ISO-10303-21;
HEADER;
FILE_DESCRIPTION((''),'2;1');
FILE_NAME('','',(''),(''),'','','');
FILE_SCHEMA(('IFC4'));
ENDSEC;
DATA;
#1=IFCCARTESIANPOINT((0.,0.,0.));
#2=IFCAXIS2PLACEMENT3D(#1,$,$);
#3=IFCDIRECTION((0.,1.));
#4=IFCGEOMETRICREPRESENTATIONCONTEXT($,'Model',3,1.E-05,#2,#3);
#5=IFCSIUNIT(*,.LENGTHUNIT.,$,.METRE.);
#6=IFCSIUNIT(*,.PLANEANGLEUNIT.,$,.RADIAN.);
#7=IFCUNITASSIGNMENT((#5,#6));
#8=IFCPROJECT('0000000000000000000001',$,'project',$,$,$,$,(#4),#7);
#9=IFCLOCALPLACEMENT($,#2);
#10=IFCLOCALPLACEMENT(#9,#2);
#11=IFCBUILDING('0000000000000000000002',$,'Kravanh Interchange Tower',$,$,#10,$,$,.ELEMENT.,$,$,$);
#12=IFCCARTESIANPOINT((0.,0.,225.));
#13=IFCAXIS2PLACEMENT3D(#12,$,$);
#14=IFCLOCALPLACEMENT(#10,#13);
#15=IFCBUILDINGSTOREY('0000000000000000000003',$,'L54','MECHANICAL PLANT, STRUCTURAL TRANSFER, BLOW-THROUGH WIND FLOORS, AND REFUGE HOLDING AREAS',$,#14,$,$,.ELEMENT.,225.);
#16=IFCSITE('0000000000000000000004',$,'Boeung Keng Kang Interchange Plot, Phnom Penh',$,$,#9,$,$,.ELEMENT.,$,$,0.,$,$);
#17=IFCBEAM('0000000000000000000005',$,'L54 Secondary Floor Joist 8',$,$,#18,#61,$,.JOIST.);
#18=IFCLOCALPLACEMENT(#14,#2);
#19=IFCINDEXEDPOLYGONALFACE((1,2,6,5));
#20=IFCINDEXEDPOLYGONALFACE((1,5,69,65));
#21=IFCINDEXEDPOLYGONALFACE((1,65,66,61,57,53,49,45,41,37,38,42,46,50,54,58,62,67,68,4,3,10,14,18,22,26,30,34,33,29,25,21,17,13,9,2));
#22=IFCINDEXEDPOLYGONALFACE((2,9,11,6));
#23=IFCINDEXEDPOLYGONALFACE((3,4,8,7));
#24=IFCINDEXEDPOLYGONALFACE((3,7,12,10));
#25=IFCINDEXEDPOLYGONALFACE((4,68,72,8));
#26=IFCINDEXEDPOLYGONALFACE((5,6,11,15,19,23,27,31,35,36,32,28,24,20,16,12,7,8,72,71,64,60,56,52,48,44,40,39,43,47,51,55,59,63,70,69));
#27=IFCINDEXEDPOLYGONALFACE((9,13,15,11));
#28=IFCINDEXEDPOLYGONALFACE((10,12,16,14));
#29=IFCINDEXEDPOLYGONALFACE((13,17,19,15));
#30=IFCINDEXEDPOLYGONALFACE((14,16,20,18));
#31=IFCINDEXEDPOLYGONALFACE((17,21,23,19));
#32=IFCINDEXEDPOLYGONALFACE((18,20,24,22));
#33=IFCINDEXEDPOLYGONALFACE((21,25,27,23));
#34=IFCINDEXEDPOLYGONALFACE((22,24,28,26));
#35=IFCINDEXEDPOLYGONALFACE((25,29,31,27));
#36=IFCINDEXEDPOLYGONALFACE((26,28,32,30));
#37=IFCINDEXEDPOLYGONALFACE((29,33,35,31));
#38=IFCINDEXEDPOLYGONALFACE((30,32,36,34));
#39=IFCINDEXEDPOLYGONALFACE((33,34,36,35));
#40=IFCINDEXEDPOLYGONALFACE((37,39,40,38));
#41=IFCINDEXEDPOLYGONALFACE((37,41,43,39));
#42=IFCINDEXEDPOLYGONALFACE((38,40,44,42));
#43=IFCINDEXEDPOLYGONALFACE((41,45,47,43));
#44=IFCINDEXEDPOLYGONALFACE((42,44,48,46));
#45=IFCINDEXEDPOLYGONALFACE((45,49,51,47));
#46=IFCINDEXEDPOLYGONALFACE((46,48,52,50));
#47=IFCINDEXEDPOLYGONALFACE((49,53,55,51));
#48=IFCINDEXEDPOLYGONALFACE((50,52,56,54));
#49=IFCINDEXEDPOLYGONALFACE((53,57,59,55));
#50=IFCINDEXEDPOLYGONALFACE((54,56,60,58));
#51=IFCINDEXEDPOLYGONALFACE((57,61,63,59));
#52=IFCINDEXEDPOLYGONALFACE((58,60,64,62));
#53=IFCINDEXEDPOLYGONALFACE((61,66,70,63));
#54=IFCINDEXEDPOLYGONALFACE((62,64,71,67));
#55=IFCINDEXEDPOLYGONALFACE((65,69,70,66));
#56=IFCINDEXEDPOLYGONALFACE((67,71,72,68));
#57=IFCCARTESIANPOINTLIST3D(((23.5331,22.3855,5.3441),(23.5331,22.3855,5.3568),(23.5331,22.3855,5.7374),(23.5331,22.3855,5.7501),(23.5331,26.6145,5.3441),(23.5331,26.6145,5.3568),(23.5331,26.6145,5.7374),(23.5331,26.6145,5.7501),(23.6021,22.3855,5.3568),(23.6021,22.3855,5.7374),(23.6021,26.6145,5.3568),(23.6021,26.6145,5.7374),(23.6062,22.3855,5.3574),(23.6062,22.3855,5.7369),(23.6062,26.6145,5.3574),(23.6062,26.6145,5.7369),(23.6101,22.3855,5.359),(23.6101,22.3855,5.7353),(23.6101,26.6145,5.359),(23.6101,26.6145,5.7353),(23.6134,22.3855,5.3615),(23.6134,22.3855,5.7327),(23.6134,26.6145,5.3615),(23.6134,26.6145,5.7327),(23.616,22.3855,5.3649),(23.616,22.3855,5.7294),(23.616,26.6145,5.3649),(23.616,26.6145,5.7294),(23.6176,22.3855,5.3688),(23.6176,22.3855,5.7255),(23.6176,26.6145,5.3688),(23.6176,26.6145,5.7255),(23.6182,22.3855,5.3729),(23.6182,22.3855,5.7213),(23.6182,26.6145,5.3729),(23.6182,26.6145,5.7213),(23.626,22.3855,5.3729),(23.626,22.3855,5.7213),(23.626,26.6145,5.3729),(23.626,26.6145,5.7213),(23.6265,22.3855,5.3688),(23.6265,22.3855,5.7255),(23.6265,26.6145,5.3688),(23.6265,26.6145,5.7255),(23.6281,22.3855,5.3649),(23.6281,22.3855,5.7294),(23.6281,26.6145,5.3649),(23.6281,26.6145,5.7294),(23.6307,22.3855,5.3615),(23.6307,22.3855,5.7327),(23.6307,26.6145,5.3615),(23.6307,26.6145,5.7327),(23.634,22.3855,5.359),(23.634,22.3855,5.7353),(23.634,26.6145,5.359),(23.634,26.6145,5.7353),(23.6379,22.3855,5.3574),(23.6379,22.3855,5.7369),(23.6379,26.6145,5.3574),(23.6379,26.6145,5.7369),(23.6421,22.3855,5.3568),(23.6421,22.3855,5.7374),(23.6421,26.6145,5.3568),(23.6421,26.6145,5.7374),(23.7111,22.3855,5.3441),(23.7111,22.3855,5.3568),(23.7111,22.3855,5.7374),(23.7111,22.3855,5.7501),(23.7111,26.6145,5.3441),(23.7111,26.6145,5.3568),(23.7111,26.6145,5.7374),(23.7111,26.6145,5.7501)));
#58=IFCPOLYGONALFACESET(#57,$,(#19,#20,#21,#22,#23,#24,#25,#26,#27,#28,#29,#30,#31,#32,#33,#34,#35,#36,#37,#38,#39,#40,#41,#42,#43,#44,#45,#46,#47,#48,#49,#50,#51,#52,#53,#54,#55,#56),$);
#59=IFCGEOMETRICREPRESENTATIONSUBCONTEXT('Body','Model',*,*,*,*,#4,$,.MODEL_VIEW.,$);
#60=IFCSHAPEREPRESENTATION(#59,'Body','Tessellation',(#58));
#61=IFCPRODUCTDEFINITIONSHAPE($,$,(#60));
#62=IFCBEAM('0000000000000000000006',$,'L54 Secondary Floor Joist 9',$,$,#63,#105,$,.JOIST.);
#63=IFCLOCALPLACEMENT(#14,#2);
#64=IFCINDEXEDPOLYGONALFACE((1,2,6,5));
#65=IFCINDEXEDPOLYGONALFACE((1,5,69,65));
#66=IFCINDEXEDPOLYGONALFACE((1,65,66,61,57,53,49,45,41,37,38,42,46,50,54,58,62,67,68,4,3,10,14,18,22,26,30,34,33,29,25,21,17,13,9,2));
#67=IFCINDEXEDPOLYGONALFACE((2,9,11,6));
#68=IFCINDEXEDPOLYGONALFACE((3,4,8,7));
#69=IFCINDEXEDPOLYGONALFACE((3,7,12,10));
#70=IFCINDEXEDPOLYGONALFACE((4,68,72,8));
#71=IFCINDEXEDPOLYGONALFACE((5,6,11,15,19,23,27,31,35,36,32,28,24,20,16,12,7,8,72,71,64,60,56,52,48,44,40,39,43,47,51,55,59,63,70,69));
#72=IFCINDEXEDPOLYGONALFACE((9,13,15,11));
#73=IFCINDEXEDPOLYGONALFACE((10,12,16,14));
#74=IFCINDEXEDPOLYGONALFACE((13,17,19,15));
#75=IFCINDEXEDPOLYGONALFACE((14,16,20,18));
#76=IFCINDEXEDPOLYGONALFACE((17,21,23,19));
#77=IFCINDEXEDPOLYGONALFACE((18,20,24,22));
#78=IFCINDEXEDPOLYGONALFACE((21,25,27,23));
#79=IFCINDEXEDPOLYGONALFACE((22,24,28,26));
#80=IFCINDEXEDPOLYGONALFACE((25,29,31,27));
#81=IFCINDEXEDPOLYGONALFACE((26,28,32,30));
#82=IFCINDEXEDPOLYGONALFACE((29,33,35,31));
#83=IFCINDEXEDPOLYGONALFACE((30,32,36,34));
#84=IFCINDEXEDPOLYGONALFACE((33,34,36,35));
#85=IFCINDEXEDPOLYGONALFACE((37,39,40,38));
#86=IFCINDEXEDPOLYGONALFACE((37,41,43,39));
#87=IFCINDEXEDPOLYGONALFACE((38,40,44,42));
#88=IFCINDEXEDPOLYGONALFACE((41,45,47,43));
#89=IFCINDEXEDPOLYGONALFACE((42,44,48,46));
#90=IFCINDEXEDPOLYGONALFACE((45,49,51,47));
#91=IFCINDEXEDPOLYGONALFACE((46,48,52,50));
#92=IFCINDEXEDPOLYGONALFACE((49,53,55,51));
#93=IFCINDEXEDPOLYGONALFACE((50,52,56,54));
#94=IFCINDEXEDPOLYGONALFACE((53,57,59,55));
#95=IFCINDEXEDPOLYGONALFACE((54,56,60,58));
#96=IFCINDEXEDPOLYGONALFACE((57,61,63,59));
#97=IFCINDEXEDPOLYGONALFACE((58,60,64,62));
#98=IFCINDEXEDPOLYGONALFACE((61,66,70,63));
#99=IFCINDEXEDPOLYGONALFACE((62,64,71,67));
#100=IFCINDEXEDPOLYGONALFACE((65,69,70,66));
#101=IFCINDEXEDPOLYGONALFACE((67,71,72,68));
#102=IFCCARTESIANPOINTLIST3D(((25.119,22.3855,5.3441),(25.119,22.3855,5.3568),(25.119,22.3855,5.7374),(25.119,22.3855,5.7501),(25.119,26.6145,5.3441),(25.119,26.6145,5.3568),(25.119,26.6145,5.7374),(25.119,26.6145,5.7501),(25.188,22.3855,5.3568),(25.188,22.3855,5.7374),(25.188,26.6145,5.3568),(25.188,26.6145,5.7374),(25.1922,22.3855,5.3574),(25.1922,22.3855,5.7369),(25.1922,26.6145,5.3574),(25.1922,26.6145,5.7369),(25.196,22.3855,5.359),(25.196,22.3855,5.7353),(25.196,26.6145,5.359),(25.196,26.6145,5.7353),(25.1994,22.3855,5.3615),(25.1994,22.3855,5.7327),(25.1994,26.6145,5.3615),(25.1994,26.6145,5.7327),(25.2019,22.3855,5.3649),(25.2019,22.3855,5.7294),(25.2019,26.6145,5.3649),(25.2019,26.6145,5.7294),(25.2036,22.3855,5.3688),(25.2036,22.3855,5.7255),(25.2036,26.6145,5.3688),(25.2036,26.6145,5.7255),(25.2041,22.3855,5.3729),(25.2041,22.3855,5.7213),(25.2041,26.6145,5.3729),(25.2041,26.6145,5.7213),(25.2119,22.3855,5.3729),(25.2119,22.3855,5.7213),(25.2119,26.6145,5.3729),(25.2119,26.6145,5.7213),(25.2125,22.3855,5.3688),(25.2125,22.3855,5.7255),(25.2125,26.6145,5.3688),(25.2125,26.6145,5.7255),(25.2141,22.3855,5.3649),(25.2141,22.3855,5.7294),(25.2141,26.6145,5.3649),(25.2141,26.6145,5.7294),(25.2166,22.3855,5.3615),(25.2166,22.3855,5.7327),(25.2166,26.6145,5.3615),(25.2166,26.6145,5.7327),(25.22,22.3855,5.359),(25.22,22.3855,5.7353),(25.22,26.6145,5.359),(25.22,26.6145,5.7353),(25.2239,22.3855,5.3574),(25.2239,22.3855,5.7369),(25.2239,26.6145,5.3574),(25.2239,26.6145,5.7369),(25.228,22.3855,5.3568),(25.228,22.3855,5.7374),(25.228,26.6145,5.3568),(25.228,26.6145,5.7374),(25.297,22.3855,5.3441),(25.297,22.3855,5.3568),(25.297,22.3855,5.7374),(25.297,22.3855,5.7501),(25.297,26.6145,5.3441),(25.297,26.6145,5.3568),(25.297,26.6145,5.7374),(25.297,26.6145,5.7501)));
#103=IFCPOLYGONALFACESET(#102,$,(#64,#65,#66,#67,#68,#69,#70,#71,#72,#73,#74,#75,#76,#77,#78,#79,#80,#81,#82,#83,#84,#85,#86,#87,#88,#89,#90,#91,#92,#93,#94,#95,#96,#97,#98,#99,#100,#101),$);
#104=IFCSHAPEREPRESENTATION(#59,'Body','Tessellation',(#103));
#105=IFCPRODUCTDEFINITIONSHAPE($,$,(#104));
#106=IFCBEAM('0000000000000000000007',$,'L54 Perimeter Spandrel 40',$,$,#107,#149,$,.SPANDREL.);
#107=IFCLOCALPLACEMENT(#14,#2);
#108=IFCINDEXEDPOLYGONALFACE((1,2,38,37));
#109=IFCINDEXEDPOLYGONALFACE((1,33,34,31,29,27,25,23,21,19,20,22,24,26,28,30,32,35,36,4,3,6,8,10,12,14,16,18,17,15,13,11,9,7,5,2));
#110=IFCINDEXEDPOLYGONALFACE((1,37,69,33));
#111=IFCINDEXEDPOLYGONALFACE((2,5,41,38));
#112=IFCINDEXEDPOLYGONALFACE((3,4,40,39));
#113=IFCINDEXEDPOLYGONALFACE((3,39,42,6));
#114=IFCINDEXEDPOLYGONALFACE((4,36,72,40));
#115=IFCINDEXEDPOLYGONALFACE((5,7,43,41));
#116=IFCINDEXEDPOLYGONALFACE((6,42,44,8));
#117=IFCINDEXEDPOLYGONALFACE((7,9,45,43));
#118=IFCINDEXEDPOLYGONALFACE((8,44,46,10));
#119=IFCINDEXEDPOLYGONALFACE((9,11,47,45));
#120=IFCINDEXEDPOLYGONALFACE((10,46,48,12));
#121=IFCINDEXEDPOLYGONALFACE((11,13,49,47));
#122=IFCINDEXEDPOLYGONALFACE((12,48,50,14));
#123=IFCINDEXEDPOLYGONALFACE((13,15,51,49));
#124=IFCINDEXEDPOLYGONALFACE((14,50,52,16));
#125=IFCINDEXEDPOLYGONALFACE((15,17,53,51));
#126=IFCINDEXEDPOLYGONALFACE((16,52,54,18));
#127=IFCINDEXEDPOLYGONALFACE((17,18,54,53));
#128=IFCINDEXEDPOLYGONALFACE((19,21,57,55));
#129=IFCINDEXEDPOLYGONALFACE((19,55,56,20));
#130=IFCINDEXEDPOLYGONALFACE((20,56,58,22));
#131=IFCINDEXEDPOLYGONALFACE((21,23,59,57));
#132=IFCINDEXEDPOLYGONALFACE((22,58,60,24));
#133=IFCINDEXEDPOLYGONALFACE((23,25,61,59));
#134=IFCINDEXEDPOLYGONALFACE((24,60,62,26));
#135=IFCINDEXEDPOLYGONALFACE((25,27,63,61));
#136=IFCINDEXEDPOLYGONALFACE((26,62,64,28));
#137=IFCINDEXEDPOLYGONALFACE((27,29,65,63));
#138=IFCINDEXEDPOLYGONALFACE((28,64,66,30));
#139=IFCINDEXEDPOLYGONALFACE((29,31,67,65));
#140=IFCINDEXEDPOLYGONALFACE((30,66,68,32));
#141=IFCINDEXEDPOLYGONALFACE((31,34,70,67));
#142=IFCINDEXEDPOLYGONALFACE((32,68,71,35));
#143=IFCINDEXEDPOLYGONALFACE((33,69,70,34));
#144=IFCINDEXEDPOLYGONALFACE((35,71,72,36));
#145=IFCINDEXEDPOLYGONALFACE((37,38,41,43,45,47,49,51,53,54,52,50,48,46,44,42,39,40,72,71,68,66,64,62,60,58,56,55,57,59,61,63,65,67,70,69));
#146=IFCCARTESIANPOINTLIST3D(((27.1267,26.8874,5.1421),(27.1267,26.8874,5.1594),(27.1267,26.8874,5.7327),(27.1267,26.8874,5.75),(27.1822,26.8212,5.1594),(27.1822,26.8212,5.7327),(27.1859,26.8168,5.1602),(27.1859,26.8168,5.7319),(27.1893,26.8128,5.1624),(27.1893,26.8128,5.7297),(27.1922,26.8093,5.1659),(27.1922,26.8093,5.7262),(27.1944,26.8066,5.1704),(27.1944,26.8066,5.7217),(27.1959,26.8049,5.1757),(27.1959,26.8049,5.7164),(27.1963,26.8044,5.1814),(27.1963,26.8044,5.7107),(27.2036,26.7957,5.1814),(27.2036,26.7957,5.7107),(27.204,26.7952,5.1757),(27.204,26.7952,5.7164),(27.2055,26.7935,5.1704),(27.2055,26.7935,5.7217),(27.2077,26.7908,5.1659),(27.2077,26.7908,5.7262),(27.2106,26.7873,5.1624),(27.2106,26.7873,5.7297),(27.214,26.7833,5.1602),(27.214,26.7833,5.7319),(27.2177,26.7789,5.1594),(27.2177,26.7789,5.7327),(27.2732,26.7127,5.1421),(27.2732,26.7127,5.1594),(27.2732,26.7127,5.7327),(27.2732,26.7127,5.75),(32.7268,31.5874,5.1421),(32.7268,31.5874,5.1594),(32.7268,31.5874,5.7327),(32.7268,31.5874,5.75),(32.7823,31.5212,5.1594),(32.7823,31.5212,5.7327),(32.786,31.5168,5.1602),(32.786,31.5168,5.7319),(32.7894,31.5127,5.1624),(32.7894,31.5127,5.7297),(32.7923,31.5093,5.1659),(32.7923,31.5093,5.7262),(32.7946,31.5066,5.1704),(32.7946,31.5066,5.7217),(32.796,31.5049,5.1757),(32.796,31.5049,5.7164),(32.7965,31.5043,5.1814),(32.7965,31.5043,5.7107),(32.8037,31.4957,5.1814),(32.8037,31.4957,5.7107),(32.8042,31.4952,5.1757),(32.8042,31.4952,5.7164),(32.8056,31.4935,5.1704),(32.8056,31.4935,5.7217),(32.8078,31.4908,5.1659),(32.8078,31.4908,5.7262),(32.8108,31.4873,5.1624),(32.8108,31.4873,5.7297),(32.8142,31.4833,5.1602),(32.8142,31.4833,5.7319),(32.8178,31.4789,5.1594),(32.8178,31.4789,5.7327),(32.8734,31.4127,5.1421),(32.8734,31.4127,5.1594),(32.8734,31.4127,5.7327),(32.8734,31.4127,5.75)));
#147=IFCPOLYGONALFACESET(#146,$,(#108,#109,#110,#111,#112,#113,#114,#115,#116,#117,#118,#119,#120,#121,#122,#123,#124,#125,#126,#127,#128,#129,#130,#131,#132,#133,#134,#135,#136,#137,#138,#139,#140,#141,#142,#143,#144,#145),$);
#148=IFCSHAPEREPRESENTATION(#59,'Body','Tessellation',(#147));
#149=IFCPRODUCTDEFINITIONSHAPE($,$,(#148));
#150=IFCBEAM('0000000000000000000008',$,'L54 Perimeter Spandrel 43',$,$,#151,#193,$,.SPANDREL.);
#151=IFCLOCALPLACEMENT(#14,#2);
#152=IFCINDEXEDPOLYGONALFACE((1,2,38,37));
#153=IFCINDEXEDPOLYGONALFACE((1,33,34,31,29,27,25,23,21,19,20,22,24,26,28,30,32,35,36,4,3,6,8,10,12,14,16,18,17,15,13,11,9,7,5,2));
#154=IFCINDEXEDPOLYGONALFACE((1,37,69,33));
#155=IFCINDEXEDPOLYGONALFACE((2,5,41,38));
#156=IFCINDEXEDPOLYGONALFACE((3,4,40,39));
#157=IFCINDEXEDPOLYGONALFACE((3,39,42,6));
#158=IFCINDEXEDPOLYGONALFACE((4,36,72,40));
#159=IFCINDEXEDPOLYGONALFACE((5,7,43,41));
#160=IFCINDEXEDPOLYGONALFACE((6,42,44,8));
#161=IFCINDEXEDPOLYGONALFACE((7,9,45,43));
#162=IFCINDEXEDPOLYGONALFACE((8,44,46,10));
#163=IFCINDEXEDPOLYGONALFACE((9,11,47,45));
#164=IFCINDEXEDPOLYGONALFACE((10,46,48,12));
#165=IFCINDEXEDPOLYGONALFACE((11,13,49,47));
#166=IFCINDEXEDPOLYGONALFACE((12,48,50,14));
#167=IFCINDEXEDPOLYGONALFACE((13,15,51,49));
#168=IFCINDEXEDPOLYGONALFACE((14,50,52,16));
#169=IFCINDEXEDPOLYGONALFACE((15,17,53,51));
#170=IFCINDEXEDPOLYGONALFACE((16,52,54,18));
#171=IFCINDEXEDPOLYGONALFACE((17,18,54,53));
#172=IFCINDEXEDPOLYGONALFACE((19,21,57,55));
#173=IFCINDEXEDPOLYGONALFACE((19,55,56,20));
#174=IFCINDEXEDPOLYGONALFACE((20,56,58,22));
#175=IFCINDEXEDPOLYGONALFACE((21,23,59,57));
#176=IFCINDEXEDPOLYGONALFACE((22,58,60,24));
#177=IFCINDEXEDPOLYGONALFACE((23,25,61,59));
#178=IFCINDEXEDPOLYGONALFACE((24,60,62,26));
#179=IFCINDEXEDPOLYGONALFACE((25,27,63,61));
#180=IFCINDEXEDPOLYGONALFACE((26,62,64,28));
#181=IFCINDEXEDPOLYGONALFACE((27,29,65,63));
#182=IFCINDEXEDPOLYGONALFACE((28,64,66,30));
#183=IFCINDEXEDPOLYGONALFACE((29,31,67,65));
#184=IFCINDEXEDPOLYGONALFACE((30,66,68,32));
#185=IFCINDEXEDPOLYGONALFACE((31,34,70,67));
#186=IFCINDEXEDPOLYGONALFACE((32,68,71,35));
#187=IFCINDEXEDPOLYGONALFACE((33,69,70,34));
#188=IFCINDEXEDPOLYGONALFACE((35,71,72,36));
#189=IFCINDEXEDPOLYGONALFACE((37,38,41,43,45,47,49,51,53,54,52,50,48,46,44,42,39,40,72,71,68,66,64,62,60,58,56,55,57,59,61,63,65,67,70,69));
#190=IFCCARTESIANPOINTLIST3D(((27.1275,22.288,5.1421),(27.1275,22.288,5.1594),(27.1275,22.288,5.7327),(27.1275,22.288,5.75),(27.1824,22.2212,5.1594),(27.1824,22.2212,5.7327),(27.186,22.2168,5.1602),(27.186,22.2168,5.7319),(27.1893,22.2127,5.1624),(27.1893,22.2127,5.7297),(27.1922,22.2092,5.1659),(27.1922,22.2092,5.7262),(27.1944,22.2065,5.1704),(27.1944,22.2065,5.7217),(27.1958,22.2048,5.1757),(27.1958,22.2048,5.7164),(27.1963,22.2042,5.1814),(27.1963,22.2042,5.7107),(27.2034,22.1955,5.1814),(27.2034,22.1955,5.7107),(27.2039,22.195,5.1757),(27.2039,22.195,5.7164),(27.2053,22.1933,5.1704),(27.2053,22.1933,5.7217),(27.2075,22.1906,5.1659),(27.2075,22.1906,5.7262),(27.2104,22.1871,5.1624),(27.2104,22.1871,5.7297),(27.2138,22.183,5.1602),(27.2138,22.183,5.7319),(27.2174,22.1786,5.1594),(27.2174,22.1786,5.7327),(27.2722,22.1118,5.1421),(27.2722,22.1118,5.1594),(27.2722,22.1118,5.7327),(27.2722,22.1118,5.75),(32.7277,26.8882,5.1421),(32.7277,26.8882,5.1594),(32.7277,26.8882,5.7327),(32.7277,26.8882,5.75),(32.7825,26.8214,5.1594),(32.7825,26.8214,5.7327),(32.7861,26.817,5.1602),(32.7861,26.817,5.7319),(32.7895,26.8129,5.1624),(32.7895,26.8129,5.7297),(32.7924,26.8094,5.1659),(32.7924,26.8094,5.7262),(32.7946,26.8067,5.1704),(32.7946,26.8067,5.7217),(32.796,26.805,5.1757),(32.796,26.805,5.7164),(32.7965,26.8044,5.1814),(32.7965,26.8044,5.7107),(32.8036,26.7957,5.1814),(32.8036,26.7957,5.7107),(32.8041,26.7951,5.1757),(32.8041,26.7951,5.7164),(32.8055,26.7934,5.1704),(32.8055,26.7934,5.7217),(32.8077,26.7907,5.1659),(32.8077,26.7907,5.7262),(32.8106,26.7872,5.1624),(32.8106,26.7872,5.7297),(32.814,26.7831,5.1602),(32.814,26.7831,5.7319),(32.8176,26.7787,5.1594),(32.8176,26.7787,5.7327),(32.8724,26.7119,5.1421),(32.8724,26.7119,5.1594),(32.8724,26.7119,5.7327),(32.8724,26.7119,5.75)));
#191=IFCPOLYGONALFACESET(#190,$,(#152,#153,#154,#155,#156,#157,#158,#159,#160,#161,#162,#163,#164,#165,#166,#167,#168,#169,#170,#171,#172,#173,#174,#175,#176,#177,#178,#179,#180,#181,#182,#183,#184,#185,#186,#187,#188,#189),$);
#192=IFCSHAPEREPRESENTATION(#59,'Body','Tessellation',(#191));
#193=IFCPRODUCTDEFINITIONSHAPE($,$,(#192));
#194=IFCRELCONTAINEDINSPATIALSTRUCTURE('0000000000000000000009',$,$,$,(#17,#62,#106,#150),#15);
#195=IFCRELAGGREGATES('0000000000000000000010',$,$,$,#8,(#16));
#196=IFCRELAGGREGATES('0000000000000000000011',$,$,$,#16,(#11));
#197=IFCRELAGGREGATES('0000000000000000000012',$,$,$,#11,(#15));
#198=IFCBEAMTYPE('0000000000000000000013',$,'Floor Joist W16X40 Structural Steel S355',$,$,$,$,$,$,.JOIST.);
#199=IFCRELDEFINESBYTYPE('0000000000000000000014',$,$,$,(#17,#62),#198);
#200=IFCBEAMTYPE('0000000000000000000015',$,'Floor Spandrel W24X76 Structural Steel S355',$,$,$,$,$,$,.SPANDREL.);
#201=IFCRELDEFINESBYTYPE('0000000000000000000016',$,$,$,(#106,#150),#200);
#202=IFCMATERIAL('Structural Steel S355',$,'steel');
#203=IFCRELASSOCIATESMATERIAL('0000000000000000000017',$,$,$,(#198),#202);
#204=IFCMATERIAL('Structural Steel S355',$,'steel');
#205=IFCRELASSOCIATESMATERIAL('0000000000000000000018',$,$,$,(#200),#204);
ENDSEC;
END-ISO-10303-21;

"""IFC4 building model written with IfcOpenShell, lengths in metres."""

from ifc_helpers import new_model, si_unit, direction, frame, origin, origin_2d, place, context, subcontext, project, spatial, i_section, extrude, material, material_profile, profile_set, type_object, element, save


model = new_model("IFC4")

# Units and contexts
model_context = context("Model", 3, precision=1e-05, world=origin(), true_north=direction((0.0, 1.0)))
body_context = subcontext(model_context, "Body", "Model", "MODEL_VIEW")
ifc_project = project(units=[si_unit("LENGTHUNIT", "METRE"), si_unit("PLANEANGLEUNIT", "RADIAN")], contexts=[model_context])

# Site, building, storey
site_placement = place(None, origin())
site = spatial("IfcSite", under=ifc_project, at=site_placement, Name="Boeung Keng Kang Interchange Plot, Phnom Penh", CompositionType="ELEMENT", RefElevation=0.0)
building_placement = place(site_placement, origin())
building = spatial("IfcBuilding", under=site, at=building_placement, Name="Kravanh Interchange Tower", CompositionType="ELEMENT")
storey_placement = place(building_placement, frame((0.0, 0.0, 225.0)))
storey = spatial("IfcBuildingStorey", under=building, at=storey_placement, Name="L54", Description="MECHANICAL PLANT, STRUCTURAL TRANSFER, BLOW-THROUGH WIND FLOORS, AND REFUGE HOLDING AREAS", CompositionType="ELEMENT", Elevation=225.0)

# Beams
ifc_material_1 = material(Name="Structural Steel S355", Category="steel")
ifc_material_profile_1 = material_profile(ifc_material_1, i_section(OverallWidth=0.178, OverallDepth=0.406, WebThickness=0.0078, FlangeThickness=0.0127, FilletRadius=0.0161, at=origin_2d()), Name="W16X40")
ifc_profile_set_1 = profile_set([ifc_material_profile_1], Name="Structural Steel S355")
beam_type_1 = type_object("IfcBeamType", Name="Floor Joist W16X40 Structural Steel S355", PredefinedType="JOIST", material=ifc_profile_set_1)
for number, where, z_axis, x_axis, name in (
    (1, (23.6221, 22.3855, 5.5471), (0.0, 1.0, 0.0), (-1.0, 0.0, 0.0), "L54 Secondary Floor Joist 8"),
    (2, (25.208, 22.3855, 5.5471), (0.0, 1.0, 0.0), (-1.0, 0.0, 0.0), "L54 Secondary Floor Joist 9"),
):
    element("IfcBeam", number, at=place(storey_placement, frame(where, z_axis=z_axis, x_axis=x_axis)), inside=storey, type_object=beam_type_1, Name=name, PredefinedType="JOIST", context=body_context, shape_type="SweptSolid", body=[
        extrude(i_section(OverallWidth=0.178, OverallDepth=0.406, WebThickness=0.0078, FlangeThickness=0.0127, FilletRadius=0.0161, at=origin_2d()), origin(), (0.0, 0.0, 1.0), 4.229),
    ])
ifc_material_2 = material(Name="Structural Steel S355", Category="steel")
ifc_material_profile_2 = material_profile(ifc_material_2, i_section(OverallWidth=0.228, OverallDepth=0.6079, WebThickness=0.0112, FlangeThickness=0.0173, FilletRadius=0.022, at=origin_2d()), Name="W24X76")
ifc_profile_set_2 = profile_set([ifc_material_profile_2], Name="Structural Steel S355")
beam_type_2 = type_object("IfcBeamType", Name="Floor Spandrel W24X76 Structural Steel S355", PredefinedType="SPANDREL", material=ifc_profile_set_2)
beam_1_placement = place(storey_placement, frame((27.2, 26.8, 5.446), z_axis=(0.765983, 0.642861, 0.0), x_axis=(-0.642861, 0.765983, 0.0)))
element("IfcBeam", 3, at=beam_1_placement, inside=storey, type_object=beam_type_2, Name="L54 Perimeter Spandrel 40", PredefinedType="SPANDREL", context=body_context, shape_type="SweptSolid", body=[
    extrude(i_section(OverallWidth=0.228, OverallDepth=0.6079, WebThickness=0.0112, FlangeThickness=0.0173, FilletRadius=0.022, at=origin_2d()), origin(), (0.0, 0.0, 1.0), 7.311),
])
beam_2_placement = place(storey_placement, frame((32.8, 26.8, 5.446), z_axis=(-0.772725, -0.634741, 0.0), x_axis=(0.634741, -0.772725, 0.0)))
element("IfcBeam", 4, at=beam_2_placement, inside=storey, type_object=beam_type_2, Name="L54 Perimeter Spandrel 43", PredefinedType="SPANDREL", context=body_context, shape_type="SweptSolid", body=[
    extrude(i_section(OverallWidth=0.228, OverallDepth=0.6079, WebThickness=0.0112, FlangeThickness=0.0173, FilletRadius=0.022, at=origin_2d()), origin(), (0.0, 0.0, 1.0), 7.2473),
])

save(model, "model.ifc")
